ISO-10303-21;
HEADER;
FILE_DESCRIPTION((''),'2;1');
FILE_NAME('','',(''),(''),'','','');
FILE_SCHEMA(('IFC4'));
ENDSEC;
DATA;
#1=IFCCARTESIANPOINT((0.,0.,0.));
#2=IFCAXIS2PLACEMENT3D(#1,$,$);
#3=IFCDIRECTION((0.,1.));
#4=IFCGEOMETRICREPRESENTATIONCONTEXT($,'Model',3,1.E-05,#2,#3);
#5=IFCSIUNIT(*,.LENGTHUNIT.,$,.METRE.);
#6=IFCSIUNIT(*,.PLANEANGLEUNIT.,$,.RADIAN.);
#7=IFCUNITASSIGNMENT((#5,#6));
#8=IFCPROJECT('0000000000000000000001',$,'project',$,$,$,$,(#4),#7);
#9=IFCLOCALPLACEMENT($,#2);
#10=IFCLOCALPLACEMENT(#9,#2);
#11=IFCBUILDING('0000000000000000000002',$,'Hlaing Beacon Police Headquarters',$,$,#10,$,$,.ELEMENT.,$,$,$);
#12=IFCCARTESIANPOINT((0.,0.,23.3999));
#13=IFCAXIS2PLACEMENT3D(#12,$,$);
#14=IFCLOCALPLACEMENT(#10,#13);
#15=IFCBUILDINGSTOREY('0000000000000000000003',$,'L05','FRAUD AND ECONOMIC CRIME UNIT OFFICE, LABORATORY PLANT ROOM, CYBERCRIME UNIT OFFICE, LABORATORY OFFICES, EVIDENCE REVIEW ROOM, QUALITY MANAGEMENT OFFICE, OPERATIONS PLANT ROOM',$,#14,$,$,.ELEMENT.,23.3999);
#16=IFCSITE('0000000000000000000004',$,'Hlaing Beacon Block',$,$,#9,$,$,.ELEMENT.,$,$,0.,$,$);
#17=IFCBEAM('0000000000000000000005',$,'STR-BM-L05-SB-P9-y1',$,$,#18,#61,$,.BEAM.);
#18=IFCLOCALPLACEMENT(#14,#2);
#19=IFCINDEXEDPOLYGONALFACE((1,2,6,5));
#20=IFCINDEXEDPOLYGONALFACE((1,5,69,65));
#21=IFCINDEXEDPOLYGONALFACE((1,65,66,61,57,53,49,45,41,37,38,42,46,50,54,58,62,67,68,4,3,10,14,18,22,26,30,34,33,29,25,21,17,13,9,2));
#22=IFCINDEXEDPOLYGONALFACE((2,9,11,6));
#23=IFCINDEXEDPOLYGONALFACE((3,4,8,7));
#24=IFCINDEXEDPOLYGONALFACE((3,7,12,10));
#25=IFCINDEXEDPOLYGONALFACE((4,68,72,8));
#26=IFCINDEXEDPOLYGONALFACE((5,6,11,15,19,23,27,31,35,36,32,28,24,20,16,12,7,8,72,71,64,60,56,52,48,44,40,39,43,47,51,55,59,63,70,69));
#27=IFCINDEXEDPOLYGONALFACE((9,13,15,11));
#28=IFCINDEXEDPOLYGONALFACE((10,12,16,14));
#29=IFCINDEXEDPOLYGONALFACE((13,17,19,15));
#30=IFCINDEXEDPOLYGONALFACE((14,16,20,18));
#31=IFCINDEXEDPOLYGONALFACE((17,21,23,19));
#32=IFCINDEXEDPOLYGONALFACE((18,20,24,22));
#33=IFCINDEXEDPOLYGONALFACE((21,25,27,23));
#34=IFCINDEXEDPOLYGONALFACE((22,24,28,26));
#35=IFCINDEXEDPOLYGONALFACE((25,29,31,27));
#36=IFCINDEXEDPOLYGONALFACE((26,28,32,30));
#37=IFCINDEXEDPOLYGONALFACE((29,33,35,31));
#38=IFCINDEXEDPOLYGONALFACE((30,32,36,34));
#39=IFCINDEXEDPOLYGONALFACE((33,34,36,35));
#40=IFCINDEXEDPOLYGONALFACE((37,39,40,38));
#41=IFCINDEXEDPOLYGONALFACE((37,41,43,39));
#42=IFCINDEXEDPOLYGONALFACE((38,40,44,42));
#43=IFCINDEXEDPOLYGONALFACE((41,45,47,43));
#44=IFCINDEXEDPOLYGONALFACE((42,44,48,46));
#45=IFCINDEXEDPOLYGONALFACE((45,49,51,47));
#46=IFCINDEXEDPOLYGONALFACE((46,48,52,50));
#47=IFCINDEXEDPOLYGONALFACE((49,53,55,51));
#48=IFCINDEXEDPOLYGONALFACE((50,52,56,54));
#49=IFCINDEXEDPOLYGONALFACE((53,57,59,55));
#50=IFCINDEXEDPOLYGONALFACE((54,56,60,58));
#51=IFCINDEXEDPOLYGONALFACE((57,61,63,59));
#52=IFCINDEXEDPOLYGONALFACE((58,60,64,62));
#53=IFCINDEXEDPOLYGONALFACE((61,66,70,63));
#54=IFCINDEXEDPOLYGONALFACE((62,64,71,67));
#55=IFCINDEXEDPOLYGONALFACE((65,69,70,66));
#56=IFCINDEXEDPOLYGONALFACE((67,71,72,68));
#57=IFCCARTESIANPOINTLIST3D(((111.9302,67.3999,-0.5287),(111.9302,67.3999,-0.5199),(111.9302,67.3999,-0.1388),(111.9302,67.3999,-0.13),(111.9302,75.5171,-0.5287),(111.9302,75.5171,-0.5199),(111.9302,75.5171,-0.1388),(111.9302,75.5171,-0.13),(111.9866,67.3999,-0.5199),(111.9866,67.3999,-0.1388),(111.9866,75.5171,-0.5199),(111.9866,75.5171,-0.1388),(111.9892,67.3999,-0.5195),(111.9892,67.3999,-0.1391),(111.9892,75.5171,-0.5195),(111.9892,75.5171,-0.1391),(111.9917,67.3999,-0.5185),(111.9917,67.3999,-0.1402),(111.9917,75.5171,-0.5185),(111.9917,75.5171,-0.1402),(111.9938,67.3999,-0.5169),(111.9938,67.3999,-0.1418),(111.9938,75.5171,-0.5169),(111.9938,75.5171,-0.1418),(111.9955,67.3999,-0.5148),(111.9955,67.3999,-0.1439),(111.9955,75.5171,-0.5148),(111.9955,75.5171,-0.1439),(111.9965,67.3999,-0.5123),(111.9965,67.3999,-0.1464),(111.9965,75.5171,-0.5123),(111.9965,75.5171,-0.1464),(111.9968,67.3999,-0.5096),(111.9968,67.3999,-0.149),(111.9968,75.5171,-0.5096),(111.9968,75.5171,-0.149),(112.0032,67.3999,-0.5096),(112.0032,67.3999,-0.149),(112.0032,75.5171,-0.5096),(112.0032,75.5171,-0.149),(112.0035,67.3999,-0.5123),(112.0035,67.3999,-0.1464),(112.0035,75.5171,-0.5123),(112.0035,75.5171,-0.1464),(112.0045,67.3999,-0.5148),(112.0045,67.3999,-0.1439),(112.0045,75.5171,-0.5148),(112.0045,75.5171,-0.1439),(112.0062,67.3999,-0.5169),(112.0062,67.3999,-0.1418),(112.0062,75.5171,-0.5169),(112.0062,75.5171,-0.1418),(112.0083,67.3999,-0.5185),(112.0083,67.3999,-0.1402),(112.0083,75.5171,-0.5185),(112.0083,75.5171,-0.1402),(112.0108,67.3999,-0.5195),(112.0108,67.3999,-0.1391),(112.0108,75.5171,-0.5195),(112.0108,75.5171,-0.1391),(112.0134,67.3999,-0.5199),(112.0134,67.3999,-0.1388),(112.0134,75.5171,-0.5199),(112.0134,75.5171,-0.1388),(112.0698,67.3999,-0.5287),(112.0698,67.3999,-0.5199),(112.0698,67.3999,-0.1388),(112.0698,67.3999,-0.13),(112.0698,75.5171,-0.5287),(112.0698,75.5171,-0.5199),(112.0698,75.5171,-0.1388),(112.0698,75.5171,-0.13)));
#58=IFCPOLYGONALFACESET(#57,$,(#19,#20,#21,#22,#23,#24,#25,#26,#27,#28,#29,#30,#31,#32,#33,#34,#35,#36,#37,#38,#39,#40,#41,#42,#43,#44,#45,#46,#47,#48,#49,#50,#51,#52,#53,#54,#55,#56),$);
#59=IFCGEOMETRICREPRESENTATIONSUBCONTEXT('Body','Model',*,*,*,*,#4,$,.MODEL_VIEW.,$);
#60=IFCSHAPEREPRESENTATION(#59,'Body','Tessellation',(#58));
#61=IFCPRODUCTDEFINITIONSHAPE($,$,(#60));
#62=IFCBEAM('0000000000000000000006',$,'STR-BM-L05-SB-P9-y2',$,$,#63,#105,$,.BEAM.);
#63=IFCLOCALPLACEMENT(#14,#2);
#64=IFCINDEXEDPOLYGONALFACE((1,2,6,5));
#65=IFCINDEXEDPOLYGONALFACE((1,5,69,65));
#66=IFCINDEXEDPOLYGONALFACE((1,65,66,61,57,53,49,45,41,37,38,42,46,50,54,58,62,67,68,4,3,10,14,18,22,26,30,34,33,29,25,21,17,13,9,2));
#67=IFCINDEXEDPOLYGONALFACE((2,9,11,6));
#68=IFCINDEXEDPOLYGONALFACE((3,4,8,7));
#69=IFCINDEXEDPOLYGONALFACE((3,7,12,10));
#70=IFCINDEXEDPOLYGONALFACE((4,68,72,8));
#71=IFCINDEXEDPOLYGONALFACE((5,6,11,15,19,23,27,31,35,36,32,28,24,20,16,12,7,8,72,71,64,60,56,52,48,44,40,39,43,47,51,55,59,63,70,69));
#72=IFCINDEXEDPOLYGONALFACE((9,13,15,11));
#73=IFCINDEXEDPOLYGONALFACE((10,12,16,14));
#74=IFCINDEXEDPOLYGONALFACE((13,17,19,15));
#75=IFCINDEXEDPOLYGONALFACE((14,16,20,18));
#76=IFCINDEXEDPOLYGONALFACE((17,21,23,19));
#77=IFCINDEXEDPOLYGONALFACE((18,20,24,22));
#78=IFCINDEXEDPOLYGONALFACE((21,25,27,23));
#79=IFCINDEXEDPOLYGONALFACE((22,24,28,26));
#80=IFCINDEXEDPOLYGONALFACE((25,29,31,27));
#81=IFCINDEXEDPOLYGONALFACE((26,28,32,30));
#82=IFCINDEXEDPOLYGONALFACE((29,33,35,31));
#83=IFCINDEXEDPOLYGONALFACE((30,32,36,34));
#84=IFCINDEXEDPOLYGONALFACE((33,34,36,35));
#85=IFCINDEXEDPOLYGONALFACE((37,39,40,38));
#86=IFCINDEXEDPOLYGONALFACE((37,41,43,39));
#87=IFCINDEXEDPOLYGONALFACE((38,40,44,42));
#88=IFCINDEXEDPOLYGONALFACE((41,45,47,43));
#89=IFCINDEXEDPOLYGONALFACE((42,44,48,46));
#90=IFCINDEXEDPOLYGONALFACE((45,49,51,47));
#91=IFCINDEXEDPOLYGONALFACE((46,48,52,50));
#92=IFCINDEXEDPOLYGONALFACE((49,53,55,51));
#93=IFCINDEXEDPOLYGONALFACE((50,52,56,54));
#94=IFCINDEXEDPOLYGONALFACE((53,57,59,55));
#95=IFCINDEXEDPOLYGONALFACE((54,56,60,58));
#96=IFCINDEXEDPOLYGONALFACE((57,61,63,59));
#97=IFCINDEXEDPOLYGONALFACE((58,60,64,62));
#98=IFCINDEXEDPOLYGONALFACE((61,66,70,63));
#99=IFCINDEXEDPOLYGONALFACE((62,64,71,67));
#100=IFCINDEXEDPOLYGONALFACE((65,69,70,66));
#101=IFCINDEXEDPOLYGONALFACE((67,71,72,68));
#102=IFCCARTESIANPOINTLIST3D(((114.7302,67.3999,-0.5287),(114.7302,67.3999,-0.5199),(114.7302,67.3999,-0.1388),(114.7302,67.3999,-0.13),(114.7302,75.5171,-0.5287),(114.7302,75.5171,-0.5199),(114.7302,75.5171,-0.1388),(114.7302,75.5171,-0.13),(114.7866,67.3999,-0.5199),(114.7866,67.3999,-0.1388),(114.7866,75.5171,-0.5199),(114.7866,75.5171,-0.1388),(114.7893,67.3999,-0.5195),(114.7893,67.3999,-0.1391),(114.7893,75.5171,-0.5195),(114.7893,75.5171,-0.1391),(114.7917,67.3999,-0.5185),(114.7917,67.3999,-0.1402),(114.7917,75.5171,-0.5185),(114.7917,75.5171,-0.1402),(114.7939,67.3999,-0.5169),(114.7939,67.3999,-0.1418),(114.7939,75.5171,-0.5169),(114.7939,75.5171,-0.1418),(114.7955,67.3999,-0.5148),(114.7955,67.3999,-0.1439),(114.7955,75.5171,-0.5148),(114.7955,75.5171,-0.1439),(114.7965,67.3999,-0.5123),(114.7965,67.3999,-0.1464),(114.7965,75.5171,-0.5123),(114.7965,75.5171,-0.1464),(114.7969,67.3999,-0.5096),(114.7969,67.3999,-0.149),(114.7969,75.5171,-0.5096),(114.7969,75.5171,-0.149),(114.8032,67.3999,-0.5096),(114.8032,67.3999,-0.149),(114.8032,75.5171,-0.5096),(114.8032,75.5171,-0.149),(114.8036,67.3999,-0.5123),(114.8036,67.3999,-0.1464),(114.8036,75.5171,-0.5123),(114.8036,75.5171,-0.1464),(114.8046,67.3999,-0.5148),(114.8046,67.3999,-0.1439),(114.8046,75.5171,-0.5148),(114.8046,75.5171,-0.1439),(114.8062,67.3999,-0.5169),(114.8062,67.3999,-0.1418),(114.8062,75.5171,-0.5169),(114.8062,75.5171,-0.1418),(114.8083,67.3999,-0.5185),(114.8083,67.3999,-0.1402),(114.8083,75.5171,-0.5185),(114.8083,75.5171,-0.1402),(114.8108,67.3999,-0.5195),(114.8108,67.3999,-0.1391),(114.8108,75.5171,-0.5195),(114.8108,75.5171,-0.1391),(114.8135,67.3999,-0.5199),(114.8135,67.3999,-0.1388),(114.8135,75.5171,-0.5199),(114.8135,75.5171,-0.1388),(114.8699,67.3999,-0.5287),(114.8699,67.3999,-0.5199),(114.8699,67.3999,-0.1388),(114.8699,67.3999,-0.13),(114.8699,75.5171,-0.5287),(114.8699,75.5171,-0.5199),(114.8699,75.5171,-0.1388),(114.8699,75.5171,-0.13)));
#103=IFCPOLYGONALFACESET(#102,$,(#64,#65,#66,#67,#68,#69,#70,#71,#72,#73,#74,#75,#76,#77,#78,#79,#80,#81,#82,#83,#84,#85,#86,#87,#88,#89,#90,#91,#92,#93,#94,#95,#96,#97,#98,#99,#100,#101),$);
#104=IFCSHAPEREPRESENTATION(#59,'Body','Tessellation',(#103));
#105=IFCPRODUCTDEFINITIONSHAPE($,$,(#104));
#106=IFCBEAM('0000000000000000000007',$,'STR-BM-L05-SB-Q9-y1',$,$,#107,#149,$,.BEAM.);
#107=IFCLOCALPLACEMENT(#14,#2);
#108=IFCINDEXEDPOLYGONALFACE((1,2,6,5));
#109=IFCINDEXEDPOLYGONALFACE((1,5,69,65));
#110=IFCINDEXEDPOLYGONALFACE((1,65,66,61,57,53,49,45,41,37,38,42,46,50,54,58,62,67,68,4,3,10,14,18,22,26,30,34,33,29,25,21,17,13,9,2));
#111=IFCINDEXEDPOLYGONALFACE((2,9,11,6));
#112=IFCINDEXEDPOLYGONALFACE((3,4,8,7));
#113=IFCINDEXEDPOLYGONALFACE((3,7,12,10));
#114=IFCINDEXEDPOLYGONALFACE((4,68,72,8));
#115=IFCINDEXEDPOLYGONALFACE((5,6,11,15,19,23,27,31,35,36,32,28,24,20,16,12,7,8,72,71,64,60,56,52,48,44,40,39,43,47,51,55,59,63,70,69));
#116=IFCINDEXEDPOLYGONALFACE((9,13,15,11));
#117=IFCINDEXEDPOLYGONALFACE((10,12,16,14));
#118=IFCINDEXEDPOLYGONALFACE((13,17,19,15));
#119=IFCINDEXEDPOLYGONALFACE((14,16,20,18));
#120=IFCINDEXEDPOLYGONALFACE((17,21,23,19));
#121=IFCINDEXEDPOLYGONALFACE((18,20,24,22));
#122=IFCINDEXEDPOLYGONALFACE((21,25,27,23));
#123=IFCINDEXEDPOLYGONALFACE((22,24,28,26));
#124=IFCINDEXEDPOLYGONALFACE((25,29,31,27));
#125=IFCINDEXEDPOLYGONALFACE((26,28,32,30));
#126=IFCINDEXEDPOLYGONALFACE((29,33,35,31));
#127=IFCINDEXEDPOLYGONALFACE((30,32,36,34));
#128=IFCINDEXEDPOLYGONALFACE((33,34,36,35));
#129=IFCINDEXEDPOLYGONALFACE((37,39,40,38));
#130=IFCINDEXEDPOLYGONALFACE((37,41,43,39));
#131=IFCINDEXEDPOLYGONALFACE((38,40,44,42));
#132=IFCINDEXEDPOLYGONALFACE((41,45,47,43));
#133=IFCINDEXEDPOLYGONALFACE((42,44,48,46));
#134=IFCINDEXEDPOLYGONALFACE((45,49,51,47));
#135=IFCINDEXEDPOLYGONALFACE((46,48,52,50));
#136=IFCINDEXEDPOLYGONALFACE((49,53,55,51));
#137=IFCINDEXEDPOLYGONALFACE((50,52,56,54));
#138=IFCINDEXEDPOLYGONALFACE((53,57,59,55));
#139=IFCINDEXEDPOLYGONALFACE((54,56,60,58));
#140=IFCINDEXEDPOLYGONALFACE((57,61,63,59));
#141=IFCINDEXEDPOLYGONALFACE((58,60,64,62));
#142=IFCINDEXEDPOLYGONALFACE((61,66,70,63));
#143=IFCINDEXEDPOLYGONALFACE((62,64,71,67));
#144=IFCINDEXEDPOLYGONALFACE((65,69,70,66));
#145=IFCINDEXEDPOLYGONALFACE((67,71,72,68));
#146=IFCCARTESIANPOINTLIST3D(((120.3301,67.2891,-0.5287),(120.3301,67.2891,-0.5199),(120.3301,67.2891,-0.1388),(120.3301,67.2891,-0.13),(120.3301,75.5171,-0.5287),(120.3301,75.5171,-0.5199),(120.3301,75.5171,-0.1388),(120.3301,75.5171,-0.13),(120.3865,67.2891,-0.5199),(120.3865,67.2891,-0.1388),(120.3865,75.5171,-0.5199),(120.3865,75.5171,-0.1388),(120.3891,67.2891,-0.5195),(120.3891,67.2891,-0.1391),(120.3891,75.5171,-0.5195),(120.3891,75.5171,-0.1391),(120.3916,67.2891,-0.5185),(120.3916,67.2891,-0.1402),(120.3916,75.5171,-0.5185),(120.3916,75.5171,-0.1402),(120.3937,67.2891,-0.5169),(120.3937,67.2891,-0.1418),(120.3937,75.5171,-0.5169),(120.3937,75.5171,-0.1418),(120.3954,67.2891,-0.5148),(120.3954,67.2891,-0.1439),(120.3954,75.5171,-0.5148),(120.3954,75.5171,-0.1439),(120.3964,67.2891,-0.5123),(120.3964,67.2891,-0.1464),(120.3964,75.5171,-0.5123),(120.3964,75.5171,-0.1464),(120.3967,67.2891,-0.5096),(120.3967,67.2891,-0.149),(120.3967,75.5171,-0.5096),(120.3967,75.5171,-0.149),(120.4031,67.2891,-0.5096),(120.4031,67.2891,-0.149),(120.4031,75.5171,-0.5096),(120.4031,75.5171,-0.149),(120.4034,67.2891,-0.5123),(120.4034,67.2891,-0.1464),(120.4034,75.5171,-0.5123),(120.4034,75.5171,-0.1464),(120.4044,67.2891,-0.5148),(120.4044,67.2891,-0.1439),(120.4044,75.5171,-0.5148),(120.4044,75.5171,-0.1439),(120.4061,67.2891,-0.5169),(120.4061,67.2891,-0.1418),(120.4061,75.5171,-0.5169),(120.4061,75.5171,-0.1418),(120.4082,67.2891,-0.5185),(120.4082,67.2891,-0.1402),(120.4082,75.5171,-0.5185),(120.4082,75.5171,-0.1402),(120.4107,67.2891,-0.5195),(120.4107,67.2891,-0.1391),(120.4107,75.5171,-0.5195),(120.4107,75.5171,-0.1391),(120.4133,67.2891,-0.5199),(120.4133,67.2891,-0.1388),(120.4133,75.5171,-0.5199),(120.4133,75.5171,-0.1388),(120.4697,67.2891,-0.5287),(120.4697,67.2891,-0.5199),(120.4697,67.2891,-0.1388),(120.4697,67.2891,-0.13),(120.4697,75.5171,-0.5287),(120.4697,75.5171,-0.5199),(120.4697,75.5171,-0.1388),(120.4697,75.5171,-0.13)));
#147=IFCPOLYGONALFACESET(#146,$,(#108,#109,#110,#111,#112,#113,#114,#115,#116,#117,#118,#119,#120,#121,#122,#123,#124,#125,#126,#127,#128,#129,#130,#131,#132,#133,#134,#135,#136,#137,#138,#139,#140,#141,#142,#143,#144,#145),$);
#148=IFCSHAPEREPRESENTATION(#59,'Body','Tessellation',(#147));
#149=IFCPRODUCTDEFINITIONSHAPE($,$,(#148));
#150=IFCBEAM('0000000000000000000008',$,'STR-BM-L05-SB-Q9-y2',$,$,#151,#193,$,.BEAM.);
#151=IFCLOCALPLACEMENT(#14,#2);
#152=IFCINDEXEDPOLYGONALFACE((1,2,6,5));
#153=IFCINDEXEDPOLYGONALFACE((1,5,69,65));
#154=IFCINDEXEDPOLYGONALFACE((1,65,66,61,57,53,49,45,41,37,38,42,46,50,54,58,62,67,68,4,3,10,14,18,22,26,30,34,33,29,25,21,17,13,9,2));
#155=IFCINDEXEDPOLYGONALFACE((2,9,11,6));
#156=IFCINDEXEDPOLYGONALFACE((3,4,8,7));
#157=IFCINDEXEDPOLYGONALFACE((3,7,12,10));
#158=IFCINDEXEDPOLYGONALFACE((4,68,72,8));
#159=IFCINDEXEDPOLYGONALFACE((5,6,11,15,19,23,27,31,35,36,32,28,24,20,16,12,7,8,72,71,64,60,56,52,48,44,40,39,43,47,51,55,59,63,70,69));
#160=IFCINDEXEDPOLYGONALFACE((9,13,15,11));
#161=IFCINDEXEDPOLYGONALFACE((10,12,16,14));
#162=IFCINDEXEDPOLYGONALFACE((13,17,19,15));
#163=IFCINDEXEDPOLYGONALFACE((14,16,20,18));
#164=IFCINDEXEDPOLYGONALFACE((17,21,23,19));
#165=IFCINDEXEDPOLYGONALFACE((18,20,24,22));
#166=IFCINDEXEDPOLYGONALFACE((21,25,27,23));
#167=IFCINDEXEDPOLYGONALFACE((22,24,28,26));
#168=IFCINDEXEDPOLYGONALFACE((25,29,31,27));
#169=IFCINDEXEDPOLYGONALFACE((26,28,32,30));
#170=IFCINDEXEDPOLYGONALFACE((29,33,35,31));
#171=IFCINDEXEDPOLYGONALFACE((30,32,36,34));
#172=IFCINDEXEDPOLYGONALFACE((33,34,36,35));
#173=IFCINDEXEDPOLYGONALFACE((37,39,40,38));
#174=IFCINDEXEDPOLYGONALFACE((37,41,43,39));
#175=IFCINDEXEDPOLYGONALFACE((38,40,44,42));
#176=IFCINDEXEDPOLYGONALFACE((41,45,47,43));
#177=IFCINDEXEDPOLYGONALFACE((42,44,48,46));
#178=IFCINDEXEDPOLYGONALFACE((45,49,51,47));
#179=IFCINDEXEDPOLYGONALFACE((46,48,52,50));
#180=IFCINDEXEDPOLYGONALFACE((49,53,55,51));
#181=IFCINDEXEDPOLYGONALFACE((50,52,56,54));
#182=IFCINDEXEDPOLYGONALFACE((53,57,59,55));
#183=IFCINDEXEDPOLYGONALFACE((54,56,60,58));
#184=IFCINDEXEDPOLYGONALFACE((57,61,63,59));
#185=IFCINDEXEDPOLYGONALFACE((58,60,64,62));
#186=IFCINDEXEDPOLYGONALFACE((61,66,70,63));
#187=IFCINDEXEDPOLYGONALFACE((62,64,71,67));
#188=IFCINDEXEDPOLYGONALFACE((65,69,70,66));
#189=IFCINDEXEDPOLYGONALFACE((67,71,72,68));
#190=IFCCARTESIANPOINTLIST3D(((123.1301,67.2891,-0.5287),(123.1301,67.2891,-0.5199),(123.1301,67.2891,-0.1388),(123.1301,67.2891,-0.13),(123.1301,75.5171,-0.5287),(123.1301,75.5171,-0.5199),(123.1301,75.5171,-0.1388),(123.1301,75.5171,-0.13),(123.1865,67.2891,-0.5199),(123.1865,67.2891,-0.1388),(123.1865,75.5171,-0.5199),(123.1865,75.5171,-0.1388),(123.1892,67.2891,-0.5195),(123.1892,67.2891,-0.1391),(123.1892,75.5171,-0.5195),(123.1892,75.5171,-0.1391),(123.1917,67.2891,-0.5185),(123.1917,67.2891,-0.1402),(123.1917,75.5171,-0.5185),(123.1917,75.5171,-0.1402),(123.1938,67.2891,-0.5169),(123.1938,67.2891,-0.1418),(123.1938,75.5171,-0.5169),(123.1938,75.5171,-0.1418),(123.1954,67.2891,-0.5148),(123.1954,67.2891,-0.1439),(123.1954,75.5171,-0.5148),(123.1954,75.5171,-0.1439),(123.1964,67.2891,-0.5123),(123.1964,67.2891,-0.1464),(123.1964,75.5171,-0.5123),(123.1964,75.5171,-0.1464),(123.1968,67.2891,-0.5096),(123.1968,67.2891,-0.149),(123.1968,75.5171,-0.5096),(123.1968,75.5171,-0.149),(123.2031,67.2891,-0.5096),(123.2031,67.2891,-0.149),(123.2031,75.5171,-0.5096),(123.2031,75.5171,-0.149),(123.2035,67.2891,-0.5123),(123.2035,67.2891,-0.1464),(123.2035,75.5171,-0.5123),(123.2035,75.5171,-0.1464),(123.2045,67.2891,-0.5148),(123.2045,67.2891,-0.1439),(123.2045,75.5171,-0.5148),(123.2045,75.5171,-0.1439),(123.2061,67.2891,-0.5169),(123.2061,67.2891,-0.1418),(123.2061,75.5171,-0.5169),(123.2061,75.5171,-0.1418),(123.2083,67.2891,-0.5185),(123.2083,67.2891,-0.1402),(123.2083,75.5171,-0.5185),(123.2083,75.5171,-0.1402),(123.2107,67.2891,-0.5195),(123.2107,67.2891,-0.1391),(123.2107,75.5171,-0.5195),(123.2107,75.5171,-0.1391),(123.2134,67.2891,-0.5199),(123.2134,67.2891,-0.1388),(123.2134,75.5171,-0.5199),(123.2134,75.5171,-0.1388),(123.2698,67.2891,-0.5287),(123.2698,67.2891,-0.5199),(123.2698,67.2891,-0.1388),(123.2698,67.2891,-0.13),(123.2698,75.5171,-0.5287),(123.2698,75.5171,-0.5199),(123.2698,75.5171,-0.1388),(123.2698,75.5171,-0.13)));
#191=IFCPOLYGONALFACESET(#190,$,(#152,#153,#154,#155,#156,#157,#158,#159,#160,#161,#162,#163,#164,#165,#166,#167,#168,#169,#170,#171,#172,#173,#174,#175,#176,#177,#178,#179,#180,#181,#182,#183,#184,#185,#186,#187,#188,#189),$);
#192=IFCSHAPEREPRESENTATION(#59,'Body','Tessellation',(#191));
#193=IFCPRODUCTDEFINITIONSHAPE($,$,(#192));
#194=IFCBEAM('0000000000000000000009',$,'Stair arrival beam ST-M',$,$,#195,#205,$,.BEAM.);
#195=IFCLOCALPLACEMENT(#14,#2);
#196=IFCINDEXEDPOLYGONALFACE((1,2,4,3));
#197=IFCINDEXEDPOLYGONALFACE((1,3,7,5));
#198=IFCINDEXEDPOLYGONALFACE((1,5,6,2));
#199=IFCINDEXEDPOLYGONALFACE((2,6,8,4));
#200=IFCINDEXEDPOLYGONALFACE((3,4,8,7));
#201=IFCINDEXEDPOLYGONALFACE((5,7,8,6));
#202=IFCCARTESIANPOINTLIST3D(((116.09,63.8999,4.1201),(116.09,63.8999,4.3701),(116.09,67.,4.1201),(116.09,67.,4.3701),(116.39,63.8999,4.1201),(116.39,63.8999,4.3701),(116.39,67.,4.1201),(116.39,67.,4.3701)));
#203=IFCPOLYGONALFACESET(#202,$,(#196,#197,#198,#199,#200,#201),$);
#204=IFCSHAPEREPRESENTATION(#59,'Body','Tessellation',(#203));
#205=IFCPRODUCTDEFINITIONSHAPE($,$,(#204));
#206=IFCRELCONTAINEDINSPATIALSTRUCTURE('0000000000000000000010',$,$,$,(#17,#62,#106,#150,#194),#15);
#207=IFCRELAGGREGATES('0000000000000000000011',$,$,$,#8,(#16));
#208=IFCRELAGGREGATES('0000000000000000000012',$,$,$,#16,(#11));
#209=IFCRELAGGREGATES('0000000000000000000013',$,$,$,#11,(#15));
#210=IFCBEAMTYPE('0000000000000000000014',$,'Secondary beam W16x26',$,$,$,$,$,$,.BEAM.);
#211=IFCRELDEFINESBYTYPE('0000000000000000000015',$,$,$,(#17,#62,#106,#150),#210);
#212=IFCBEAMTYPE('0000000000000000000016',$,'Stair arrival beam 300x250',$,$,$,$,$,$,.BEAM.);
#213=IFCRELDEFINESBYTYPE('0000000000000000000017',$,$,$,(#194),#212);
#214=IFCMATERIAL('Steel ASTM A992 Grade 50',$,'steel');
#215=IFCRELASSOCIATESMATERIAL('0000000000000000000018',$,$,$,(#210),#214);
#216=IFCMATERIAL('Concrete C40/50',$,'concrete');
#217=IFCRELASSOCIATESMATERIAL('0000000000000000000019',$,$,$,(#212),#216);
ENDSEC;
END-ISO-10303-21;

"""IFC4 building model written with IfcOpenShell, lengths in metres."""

from ifc_helpers import new_model, si_unit, direction, frame, origin, origin_2d, place, context, subcontext, project, spatial, rectangle, i_section, extrude, material, material_profile, profile_set, type_object, element, save


model = new_model("IFC4")

# Units and contexts
model_context = context("Model", 3, precision=1e-05, world=origin(), true_north=direction((0.0, 1.0)))
body_context = subcontext(model_context, "Body", "Model", "MODEL_VIEW")
ifc_project = project(units=[si_unit("LENGTHUNIT", "METRE"), si_unit("PLANEANGLEUNIT", "RADIAN")], contexts=[model_context])

# Site, building, storey
site_placement = place(None, origin())
site = spatial("IfcSite", under=ifc_project, at=site_placement, Name="Hlaing Beacon Block", CompositionType="ELEMENT", RefElevation=0.0)
building_placement = place(site_placement, origin())
building = spatial("IfcBuilding", under=site, at=building_placement, Name="Hlaing Beacon Police Headquarters", CompositionType="ELEMENT")
storey_placement = place(building_placement, frame((0.0, 0.0, 23.3999)))
storey = spatial("IfcBuildingStorey", under=building, at=storey_placement, Name="L05", Description="FRAUD AND ECONOMIC CRIME UNIT OFFICE, LABORATORY PLANT ROOM, CYBERCRIME UNIT OFFICE, LABORATORY OFFICES, EVIDENCE REVIEW ROOM, QUALITY MANAGEMENT OFFICE, OPERATIONS PLANT ROOM", CompositionType="ELEMENT", Elevation=23.3999)

# Beams
ifc_material_1 = material(Name="Steel ASTM A992 Grade 50", Category="steel")
ifc_material_profile_1 = material_profile(ifc_material_1, i_section(OverallWidth=0.1396, OverallDepth=0.3987, WebThickness=0.0063, FlangeThickness=0.0088, FilletRadius=0.0103, at=origin_2d()), Name="W16x26")
ifc_profile_set_1 = profile_set([ifc_material_profile_1], Name="Steel ASTM A992 Grade 50")
beam_type_1 = type_object("IfcBeamType", Name="Secondary beam W16x26", PredefinedType="BEAM", material=ifc_profile_set_1)
for number, where, z_axis, x_axis, name in (
    (1, (112.0, 67.3999, -0.3293), (0.0, 1.0, 0.0), (-1.0, 0.0, 0.0), "STR-BM-L05-SB-P9-y1"),
    (2, (114.8, 67.3999, -0.3293), (0.0, 1.0, 0.0), (-1.0, 0.0, 0.0), "STR-BM-L05-SB-P9-y2"),
):
    element("IfcBeam", number, at=place(storey_placement, frame(where, z_axis=z_axis, x_axis=x_axis)), inside=storey, type_object=beam_type_1, Name=name, PredefinedType="BEAM", context=body_context, shape_type="SweptSolid", body=[
        extrude(i_section(OverallWidth=0.1396, OverallDepth=0.3987, WebThickness=0.0063, FlangeThickness=0.0088, FilletRadius=0.0103, at=origin_2d()), origin(), (0.0, 0.0, 1.0), 8.1172),
    ])
for number, where, z_axis, x_axis, name in (
    (3, (120.3999, 67.2891, -0.3293), (0.0, 1.0, 0.0), (-1.0, 0.0, 0.0), "STR-BM-L05-SB-Q9-y1"),
    (4, (123.2, 67.2891, -0.3293), (0.0, 1.0, 0.0), (-1.0, 0.0, 0.0), "STR-BM-L05-SB-Q9-y2"),
):
    element("IfcBeam", number, at=place(storey_placement, frame(where, z_axis=z_axis, x_axis=x_axis)), inside=storey, type_object=beam_type_1, Name=name, PredefinedType="BEAM", context=body_context, shape_type="SweptSolid", body=[
        extrude(i_section(OverallWidth=0.1396, OverallDepth=0.3987, WebThickness=0.0063, FlangeThickness=0.0088, FilletRadius=0.0103, at=origin_2d()), origin(), (0.0, 0.0, 1.0), 8.228),
    ])
ifc_material_2 = material(Name="Concrete C40/50", Category="concrete")
ifc_material_profile_2 = material_profile(ifc_material_2, rectangle(XDim=0.3, YDim=0.25, at=origin_2d()), Name="Stair arrival beam 300x250")
ifc_profile_set_2 = profile_set([ifc_material_profile_2], Name="Concrete C40/50")
beam_type_2 = type_object("IfcBeamType", Name="Stair arrival beam 300x250", PredefinedType="BEAM", material=ifc_profile_set_2)
beam_1_placement = place(storey_placement, frame((116.24, 67.0, 4.2451), z_axis=(0.0, -1.0, 0.0), x_axis=(1.0, 0.0, 0.0)))
element("IfcBeam", 5, at=beam_1_placement, inside=storey, type_object=beam_type_2, Name="Stair arrival beam ST-M", PredefinedType="BEAM", context=body_context, shape_type="SweptSolid", body=[
    extrude(rectangle(XDim=0.3, YDim=0.25, at=origin_2d()), origin(), (0.0, 0.0, 1.0), 3.1001),
])

save(model, "model.ifc")
